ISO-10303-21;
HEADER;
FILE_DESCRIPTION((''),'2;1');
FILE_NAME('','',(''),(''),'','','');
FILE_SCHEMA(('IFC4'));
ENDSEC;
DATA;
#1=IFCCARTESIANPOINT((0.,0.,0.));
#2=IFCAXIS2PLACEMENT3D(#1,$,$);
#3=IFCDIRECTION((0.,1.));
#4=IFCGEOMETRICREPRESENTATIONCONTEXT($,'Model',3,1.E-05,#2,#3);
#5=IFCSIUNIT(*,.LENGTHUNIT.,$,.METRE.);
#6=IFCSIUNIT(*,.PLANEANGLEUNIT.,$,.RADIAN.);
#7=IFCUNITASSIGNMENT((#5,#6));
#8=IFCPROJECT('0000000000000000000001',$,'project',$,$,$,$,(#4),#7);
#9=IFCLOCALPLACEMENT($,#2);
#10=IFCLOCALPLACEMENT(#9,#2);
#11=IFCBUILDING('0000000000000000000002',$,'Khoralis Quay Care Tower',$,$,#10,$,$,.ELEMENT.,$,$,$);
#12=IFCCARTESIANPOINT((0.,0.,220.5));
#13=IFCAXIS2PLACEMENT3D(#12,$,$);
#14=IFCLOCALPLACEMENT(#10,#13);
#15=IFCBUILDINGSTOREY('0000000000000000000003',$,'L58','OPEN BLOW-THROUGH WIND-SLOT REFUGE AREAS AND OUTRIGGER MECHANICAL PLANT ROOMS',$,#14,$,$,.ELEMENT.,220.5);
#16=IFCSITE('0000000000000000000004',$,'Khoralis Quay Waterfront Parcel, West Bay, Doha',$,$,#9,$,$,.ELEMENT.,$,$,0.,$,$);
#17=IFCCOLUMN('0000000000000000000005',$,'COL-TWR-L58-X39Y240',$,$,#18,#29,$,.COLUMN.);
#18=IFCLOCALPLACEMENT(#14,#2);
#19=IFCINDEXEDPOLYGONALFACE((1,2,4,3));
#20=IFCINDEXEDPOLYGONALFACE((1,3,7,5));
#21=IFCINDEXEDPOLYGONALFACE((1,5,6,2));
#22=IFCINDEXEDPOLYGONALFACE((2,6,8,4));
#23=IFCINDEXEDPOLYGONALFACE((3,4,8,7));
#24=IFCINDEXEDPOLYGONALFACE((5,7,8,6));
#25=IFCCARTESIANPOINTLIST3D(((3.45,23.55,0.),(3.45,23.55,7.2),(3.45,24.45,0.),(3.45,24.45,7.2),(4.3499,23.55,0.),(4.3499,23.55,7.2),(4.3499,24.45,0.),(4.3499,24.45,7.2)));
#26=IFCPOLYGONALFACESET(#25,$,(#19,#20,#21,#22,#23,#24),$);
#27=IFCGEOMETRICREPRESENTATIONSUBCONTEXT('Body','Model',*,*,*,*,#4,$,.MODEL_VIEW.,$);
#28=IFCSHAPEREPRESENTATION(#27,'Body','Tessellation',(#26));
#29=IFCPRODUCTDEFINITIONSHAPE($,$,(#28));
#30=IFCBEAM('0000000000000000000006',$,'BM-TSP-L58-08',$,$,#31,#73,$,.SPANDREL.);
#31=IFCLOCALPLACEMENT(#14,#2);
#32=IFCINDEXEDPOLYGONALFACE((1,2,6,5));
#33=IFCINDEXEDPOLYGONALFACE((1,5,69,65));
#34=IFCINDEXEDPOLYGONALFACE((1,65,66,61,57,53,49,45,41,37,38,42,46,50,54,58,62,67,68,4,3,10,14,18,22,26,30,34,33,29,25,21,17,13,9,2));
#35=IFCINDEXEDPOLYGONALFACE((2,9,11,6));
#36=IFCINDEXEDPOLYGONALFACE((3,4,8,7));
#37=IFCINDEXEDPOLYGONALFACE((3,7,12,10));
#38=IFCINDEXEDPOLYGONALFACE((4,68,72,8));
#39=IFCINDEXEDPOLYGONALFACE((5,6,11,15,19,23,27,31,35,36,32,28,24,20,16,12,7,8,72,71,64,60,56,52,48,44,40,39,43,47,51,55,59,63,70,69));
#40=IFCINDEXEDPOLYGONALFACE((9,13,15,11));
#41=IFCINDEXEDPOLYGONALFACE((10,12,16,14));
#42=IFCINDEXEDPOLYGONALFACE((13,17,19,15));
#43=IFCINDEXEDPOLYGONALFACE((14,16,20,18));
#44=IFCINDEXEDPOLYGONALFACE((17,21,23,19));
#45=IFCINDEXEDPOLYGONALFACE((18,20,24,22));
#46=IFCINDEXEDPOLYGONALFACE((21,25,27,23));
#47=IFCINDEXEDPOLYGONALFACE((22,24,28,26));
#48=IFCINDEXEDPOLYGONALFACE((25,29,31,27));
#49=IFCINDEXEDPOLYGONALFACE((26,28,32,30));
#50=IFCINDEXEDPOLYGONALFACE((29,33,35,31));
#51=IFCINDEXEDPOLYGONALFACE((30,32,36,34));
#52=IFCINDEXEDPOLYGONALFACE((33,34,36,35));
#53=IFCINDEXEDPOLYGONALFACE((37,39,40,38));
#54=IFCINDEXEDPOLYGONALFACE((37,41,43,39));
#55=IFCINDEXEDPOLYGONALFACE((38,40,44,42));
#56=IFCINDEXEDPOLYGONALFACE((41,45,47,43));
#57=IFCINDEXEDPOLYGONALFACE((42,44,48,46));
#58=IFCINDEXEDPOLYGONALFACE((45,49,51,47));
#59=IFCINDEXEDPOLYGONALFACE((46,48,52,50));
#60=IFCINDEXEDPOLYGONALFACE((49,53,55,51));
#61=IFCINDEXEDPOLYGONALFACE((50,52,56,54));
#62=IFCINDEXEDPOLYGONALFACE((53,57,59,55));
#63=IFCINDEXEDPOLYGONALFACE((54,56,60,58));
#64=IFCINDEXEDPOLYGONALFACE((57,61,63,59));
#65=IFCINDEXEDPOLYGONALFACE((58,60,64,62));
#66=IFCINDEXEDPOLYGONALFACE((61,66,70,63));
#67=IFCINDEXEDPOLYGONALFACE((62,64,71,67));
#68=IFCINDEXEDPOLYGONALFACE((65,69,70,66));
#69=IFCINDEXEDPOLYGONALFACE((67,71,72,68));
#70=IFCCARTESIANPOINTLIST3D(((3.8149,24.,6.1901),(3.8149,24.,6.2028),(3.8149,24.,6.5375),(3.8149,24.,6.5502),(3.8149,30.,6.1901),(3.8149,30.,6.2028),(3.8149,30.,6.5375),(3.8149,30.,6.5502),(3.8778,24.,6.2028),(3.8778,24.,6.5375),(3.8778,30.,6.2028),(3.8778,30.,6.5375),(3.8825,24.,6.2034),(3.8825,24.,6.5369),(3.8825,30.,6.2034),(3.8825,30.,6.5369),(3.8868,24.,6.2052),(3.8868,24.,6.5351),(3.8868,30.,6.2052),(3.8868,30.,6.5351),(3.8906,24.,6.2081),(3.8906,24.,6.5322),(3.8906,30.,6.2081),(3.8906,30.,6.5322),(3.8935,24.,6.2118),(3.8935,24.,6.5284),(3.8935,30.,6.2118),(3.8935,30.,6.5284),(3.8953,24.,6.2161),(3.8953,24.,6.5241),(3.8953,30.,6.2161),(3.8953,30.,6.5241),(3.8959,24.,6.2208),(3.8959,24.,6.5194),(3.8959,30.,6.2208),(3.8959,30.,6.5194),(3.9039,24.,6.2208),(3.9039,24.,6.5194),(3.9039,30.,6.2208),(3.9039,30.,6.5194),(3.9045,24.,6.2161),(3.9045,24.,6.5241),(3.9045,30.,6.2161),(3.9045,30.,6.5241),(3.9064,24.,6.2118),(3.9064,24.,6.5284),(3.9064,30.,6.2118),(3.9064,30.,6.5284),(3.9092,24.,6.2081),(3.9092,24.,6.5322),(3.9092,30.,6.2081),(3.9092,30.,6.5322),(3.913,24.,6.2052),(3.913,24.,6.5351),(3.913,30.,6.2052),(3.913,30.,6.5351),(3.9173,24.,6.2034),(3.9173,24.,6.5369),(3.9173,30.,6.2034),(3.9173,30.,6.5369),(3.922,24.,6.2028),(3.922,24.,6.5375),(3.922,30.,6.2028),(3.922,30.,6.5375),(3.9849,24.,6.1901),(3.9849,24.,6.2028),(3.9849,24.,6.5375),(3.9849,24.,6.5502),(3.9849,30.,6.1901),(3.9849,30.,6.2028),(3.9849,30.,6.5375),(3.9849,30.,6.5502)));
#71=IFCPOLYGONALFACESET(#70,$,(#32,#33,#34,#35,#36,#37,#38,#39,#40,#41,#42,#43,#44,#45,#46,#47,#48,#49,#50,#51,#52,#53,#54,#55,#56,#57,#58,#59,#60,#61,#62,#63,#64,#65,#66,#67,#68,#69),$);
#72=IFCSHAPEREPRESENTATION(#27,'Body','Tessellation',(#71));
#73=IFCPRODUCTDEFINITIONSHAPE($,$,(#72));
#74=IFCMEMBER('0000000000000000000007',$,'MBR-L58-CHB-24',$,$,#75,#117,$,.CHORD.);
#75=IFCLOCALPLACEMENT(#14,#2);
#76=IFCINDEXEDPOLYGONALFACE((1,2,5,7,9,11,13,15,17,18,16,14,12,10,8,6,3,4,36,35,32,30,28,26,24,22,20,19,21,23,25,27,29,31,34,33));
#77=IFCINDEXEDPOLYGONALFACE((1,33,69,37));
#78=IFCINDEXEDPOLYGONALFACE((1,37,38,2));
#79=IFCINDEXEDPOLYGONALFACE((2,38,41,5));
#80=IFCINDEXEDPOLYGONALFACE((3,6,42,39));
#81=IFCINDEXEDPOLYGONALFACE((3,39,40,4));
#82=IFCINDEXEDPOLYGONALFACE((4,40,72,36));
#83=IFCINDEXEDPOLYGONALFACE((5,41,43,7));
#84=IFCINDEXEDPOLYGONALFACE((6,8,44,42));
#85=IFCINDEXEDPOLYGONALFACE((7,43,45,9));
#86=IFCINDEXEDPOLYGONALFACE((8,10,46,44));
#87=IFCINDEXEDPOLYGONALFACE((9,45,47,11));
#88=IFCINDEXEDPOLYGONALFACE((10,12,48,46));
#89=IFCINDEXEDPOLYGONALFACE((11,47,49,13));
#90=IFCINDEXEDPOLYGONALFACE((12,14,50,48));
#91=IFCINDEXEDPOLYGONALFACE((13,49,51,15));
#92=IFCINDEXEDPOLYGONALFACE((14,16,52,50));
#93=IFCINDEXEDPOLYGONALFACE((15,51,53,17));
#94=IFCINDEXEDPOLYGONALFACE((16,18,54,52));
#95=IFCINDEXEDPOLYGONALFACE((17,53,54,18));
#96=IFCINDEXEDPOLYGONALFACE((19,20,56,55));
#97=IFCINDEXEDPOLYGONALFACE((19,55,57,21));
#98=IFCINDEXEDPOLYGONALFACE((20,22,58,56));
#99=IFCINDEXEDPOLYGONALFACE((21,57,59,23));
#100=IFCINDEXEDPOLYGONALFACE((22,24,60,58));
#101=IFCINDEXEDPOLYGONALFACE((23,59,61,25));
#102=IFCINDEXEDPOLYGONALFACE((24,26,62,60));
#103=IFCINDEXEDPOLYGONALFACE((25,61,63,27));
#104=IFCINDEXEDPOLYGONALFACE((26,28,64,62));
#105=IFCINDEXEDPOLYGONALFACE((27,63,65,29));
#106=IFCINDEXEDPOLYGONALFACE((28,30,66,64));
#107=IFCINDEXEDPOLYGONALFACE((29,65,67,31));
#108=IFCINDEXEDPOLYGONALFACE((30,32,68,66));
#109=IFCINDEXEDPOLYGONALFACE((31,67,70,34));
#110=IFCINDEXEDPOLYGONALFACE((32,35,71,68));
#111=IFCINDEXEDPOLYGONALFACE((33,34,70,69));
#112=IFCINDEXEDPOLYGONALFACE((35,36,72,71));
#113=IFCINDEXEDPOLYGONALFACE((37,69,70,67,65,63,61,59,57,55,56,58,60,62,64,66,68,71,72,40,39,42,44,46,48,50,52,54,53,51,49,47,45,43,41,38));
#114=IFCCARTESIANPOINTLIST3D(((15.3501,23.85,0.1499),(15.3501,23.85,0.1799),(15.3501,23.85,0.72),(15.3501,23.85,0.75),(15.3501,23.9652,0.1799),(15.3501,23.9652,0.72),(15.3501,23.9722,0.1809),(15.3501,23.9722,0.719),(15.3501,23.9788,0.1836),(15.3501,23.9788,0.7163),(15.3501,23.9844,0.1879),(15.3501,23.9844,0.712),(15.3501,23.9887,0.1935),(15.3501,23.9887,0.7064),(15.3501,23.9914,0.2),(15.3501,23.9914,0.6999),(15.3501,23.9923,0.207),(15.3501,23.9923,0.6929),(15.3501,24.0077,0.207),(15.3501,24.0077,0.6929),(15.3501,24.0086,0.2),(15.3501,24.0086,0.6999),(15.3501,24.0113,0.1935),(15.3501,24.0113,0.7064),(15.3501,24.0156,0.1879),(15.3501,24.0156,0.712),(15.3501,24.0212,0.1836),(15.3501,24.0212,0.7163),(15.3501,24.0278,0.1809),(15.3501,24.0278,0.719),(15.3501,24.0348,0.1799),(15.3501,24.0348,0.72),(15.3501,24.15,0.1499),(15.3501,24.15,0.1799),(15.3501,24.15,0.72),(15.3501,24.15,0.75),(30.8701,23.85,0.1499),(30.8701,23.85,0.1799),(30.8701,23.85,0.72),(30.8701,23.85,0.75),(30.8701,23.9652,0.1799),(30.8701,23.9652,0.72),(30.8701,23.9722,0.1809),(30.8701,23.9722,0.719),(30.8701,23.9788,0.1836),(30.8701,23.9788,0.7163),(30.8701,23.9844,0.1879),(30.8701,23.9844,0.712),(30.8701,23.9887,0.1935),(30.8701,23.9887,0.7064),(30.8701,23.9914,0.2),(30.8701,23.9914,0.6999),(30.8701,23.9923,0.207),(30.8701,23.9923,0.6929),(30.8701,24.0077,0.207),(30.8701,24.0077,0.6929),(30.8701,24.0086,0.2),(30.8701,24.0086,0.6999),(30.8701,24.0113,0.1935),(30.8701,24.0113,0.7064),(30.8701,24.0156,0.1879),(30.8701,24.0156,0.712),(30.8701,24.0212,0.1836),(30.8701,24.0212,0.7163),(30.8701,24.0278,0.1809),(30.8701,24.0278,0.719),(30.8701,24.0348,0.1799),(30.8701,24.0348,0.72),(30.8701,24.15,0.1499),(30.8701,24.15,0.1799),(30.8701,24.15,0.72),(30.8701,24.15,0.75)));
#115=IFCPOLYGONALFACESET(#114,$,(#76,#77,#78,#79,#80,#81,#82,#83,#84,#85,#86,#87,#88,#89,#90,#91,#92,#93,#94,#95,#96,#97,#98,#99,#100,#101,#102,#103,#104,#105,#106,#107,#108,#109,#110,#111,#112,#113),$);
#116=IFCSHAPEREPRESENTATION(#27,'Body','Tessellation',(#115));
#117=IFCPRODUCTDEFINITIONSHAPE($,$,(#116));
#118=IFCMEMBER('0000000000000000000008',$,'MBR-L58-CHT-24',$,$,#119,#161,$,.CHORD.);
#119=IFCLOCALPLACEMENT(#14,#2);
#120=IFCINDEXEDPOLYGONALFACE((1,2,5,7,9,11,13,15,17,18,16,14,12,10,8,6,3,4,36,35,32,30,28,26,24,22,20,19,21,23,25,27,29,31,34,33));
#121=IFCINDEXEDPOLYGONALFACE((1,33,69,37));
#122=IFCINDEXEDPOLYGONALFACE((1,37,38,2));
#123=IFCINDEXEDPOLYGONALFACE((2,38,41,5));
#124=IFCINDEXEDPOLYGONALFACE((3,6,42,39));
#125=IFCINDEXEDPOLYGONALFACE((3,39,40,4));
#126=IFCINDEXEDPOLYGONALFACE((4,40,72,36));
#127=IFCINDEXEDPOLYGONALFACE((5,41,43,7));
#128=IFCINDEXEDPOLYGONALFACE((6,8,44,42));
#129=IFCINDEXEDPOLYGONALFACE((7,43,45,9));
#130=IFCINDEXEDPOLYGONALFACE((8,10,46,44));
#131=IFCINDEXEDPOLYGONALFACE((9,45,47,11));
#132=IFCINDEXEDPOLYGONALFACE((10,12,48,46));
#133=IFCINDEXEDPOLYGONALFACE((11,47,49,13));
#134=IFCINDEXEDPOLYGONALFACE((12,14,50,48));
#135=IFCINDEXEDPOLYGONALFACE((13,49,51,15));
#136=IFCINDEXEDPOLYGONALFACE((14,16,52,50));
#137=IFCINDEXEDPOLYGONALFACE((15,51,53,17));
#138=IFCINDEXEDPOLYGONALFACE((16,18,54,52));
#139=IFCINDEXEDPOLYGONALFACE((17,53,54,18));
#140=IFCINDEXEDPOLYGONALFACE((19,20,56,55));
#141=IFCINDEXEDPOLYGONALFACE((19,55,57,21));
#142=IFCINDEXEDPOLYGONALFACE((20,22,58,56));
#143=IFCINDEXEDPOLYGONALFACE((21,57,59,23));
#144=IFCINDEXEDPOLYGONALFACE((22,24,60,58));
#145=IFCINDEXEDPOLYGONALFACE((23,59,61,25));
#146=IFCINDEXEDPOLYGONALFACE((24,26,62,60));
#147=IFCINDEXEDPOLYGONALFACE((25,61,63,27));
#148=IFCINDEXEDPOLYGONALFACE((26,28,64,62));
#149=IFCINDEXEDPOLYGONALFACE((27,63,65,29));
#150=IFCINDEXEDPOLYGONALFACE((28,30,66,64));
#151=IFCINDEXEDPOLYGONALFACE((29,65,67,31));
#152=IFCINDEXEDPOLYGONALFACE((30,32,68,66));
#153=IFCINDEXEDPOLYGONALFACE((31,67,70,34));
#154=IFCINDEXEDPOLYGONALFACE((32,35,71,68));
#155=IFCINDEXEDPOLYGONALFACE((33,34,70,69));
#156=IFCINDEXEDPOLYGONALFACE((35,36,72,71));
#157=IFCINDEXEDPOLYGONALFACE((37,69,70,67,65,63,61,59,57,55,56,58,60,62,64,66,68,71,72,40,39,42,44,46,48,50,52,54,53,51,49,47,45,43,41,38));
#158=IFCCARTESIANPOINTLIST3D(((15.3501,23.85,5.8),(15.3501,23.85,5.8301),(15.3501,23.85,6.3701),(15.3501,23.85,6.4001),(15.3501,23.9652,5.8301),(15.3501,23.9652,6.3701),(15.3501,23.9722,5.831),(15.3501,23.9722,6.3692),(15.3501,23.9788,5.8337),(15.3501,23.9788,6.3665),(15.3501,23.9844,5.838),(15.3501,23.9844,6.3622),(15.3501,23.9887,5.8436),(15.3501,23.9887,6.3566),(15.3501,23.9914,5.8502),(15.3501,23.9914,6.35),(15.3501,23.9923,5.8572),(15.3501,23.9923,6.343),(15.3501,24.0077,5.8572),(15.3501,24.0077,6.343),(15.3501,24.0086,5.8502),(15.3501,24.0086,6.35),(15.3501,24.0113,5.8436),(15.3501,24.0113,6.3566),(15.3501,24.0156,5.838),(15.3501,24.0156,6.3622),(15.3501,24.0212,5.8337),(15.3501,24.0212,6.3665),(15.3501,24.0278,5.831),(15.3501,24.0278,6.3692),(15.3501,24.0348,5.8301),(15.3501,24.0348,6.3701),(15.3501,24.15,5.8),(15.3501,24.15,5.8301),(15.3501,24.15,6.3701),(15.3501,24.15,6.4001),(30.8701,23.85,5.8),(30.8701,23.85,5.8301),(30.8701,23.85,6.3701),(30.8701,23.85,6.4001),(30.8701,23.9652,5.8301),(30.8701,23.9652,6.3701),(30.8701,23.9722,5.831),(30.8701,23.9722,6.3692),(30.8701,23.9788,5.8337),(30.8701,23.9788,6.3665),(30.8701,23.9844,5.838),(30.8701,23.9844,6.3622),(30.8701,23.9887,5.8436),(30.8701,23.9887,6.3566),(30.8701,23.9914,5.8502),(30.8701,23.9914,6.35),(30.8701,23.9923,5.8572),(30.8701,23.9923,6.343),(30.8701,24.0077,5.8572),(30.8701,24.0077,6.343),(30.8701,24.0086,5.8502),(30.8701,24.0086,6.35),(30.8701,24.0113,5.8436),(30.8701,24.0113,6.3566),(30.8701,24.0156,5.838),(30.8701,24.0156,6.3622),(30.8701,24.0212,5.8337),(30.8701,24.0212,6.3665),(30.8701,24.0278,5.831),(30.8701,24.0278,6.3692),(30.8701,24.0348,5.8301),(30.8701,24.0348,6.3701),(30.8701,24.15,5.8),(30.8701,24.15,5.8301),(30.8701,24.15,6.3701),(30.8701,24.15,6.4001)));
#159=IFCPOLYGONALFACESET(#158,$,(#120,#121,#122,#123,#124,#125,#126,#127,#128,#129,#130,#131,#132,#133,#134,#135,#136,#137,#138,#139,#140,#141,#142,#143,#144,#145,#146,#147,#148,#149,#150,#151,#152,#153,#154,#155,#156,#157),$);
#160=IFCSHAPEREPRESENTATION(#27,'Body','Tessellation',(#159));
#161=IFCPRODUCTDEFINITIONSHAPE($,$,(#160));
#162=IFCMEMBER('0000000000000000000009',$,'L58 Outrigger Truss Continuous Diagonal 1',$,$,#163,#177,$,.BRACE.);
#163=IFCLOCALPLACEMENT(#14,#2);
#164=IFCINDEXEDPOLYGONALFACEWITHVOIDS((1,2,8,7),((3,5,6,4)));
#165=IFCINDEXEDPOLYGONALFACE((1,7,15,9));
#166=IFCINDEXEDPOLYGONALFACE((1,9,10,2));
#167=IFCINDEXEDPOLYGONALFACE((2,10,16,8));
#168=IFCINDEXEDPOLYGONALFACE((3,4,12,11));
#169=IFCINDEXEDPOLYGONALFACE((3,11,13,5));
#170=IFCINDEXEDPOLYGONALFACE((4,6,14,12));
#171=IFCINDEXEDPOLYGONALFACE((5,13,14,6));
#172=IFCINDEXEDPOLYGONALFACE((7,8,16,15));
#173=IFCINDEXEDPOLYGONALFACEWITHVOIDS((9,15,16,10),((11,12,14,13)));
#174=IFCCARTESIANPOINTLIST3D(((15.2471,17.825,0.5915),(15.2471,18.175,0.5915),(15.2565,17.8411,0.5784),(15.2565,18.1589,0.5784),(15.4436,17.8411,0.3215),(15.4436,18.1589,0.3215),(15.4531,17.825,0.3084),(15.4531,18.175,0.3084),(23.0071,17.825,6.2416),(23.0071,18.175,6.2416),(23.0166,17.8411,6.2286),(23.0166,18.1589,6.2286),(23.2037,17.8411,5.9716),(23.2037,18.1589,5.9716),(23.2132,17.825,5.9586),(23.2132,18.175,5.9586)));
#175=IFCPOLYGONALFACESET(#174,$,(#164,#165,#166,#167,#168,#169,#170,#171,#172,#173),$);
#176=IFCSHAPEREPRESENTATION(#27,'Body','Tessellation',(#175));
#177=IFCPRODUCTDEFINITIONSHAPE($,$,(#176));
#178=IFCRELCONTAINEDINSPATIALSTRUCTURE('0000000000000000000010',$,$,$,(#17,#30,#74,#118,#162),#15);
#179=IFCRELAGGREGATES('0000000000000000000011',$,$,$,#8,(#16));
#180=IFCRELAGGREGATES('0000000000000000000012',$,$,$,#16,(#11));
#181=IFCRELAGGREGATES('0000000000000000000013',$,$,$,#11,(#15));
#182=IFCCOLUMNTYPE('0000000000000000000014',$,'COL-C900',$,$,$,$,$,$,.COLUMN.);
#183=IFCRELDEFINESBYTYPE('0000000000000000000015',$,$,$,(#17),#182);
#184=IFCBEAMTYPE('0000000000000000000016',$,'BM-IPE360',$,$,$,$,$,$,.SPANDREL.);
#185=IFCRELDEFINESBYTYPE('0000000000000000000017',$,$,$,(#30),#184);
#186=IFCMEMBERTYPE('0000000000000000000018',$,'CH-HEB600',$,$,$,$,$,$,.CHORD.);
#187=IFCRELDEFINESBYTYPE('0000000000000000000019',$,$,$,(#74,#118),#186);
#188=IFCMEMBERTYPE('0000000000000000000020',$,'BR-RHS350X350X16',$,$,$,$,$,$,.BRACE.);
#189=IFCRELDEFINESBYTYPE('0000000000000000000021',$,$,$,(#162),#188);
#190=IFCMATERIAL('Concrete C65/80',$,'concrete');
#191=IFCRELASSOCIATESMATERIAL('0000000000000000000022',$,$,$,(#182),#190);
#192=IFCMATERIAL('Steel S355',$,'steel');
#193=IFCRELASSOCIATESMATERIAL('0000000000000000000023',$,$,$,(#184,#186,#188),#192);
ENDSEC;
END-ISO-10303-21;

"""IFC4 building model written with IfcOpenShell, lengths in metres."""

from ifc_helpers import new_model, si_unit, direction, frame, origin, origin_2d, place, context, subcontext, project, spatial, rectangle, hollow_rectangle, i_section, extrude, source, transform, mapped, material, material_profile, profile_set, type_object, element, save


model = new_model("IFC4")

# Units and contexts
model_context = context("Model", 3, precision=1e-05, world=origin(), true_north=direction((0.0, 1.0)))
body_context = subcontext(model_context, "Body", "Model", "MODEL_VIEW")
ifc_project = project(units=[si_unit("LENGTHUNIT", "METRE"), si_unit("PLANEANGLEUNIT", "RADIAN")], contexts=[model_context])

# Site, building, storey
site_placement = place(None, origin())
site = spatial("IfcSite", under=ifc_project, at=site_placement, Name="Khoralis Quay Waterfront Parcel, West Bay, Doha", CompositionType="ELEMENT", RefElevation=0.0)
building_placement = place(site_placement, origin())
building = spatial("IfcBuilding", under=site, at=building_placement, Name="Khoralis Quay Care Tower", CompositionType="ELEMENT")
storey_placement = place(building_placement, frame((0.0, 0.0, 220.5)))
storey = spatial("IfcBuildingStorey", under=building, at=storey_placement, Name="L58", Description="OPEN BLOW-THROUGH WIND-SLOT REFUGE AREAS AND OUTRIGGER MECHANICAL PLANT ROOMS", CompositionType="ELEMENT", Elevation=220.5)

# Column
ifc_material_1 = material(Name="Concrete C65/80", Category="concrete")
ifc_material_profile_1 = material_profile(ifc_material_1, rectangle(XDim=0.8999, YDim=0.8999, at=origin_2d()), Name="Concrete C65/80")
ifc_profile_set_1 = profile_set([ifc_material_profile_1], Name="Concrete C65/80")
column_type = type_object("IfcColumnType", Name="COL-C900", PredefinedType="COLUMN", material=ifc_profile_set_1)
shared_shape_1 = source(origin(), body_context, "Body", "SweptSolid", [
    extrude(rectangle(XDim=0.8999, YDim=0.8999, at=origin_2d()), origin(), (0.0, 0.0, 1.0), 7.2),
])
column_placement = place(storey_placement, frame((3.8999, 24.0, 0.0), z_axis=(0.0, 0.0, 1.0), x_axis=(1.0, 0.0, 0.0)))
element("IfcColumn", 1, at=column_placement, inside=storey, type_object=column_type, Name="COL-TWR-L58-X39Y240", PredefinedType="COLUMN", context=body_context, shape_type="MappedRepresentation", body=[
    mapped(shared_shape_1, transform((0.0, 0.0, 0.0), scale=1.0)),
])

# Beam
ifc_material_2 = material(Name="Steel S355", Category="steel")
ifc_material_profile_2 = material_profile(ifc_material_2, i_section(OverallWidth=0.1699, OverallDepth=0.3601, WebThickness=0.0081, FlangeThickness=0.0127, FilletRadius=0.0181, at=origin_2d()), Name="Steel S355")
ifc_profile_set_2 = profile_set([ifc_material_profile_2], Name="Steel S355")
beam_type = type_object("IfcBeamType", Name="BM-IPE360", PredefinedType="SPANDREL", material=ifc_profile_set_2)
shared_shape_2 = source(origin(), body_context, "Body", "SweptSolid", [
    extrude(i_section(OverallWidth=0.1699, OverallDepth=0.3601, WebThickness=0.0081, FlangeThickness=0.0127, FilletRadius=0.0181, at=origin_2d()), origin(), (0.0, 0.0, 1.0), 6.0),
])
beam_placement = place(storey_placement, frame((3.8999, 24.0, 6.3701), z_axis=(0.0, 1.0, 0.0), x_axis=(-1.0, 0.0, 0.0)))
element("IfcBeam", 2, at=beam_placement, inside=storey, type_object=beam_type, Name="BM-TSP-L58-08", PredefinedType="SPANDREL", context=body_context, shape_type="MappedRepresentation", body=[
    mapped(shared_shape_2, transform((0.0, 0.0, 0.0), scale=1.0)),
])

# Members
ifc_material_profile_3 = material_profile(ifc_material_2, i_section(OverallWidth=0.3, OverallDepth=0.6001, WebThickness=0.0154, FlangeThickness=0.03, FilletRadius=0.0271, at=origin_2d()), Name="Steel S355")
ifc_profile_set_3 = profile_set([ifc_material_profile_3], Name="Steel S355")
member_type_1 = type_object("IfcMemberType", Name="CH-HEB600", PredefinedType="CHORD", material=ifc_profile_set_3)
shared_shape_3 = source(origin(), body_context, "Body", "SweptSolid", [
    extrude(i_section(OverallWidth=0.3, OverallDepth=0.6001, WebThickness=0.0154, FlangeThickness=0.03, FilletRadius=0.0271, at=origin_2d()), origin(), (0.0, 0.0, 1.0), 15.52),
])
for number, where, z_axis, x_axis, name in (
    (3, (15.3501, 24.0, 0.45), (1.0, 0.0, 0.0), (0.0, 1.0, 0.0), "MBR-L58-CHB-24"),
    (4, (15.3501, 24.0, 6.1001), (1.0, 0.0, 0.0), (0.0, 1.0, 0.0), "MBR-L58-CHT-24"),
):
    element("IfcMember", number, at=place(storey_placement, frame(where, z_axis=z_axis, x_axis=x_axis)), inside=storey, type_object=member_type_1, Name=name, PredefinedType="CHORD", context=body_context, shape_type="MappedRepresentation", body=[
        mapped(shared_shape_3, transform((0.0, 0.0, 0.0), scale=1.0)),
    ])
ifc_material_profile_4 = material_profile(ifc_material_2, hollow_rectangle(XDim=0.3501, YDim=0.3501, WallThickness=0.0161, at=origin_2d()), Name="Steel S355")
ifc_profile_set_4 = profile_set([ifc_material_profile_4], Name="Steel S355")
member_type_2 = type_object("IfcMemberType", Name="BR-RHS350X350X16", PredefinedType="BRACE", material=ifc_profile_set_4)
shared_shape_4 = source(origin(), body_context, "Body", "SweptSolid", [
    extrude(hollow_rectangle(XDim=0.3501, YDim=0.3501, WallThickness=0.0161, at=origin_2d()), origin(), (0.0, 0.0, 1.0), 9.5991),
])
for number, where, z_axis, x_axis, name in (
    (5, (15.3501, 18.0, 0.45), (0.808414, 0.0, 0.588615), (0.0, 1.0, 0.0), "L58 Outrigger Truss Continuous Diagonal 1"),
):
    element("IfcMember", number, at=place(storey_placement, frame(where, z_axis=z_axis, x_axis=x_axis)), inside=storey, type_object=member_type_2, Name=name, PredefinedType="BRACE", context=body_context, shape_type="MappedRepresentation", body=[
        mapped(shared_shape_4, transform((0.0, 0.0, 0.0), scale=1.0)),
    ])

save(model, "model.ifc")
